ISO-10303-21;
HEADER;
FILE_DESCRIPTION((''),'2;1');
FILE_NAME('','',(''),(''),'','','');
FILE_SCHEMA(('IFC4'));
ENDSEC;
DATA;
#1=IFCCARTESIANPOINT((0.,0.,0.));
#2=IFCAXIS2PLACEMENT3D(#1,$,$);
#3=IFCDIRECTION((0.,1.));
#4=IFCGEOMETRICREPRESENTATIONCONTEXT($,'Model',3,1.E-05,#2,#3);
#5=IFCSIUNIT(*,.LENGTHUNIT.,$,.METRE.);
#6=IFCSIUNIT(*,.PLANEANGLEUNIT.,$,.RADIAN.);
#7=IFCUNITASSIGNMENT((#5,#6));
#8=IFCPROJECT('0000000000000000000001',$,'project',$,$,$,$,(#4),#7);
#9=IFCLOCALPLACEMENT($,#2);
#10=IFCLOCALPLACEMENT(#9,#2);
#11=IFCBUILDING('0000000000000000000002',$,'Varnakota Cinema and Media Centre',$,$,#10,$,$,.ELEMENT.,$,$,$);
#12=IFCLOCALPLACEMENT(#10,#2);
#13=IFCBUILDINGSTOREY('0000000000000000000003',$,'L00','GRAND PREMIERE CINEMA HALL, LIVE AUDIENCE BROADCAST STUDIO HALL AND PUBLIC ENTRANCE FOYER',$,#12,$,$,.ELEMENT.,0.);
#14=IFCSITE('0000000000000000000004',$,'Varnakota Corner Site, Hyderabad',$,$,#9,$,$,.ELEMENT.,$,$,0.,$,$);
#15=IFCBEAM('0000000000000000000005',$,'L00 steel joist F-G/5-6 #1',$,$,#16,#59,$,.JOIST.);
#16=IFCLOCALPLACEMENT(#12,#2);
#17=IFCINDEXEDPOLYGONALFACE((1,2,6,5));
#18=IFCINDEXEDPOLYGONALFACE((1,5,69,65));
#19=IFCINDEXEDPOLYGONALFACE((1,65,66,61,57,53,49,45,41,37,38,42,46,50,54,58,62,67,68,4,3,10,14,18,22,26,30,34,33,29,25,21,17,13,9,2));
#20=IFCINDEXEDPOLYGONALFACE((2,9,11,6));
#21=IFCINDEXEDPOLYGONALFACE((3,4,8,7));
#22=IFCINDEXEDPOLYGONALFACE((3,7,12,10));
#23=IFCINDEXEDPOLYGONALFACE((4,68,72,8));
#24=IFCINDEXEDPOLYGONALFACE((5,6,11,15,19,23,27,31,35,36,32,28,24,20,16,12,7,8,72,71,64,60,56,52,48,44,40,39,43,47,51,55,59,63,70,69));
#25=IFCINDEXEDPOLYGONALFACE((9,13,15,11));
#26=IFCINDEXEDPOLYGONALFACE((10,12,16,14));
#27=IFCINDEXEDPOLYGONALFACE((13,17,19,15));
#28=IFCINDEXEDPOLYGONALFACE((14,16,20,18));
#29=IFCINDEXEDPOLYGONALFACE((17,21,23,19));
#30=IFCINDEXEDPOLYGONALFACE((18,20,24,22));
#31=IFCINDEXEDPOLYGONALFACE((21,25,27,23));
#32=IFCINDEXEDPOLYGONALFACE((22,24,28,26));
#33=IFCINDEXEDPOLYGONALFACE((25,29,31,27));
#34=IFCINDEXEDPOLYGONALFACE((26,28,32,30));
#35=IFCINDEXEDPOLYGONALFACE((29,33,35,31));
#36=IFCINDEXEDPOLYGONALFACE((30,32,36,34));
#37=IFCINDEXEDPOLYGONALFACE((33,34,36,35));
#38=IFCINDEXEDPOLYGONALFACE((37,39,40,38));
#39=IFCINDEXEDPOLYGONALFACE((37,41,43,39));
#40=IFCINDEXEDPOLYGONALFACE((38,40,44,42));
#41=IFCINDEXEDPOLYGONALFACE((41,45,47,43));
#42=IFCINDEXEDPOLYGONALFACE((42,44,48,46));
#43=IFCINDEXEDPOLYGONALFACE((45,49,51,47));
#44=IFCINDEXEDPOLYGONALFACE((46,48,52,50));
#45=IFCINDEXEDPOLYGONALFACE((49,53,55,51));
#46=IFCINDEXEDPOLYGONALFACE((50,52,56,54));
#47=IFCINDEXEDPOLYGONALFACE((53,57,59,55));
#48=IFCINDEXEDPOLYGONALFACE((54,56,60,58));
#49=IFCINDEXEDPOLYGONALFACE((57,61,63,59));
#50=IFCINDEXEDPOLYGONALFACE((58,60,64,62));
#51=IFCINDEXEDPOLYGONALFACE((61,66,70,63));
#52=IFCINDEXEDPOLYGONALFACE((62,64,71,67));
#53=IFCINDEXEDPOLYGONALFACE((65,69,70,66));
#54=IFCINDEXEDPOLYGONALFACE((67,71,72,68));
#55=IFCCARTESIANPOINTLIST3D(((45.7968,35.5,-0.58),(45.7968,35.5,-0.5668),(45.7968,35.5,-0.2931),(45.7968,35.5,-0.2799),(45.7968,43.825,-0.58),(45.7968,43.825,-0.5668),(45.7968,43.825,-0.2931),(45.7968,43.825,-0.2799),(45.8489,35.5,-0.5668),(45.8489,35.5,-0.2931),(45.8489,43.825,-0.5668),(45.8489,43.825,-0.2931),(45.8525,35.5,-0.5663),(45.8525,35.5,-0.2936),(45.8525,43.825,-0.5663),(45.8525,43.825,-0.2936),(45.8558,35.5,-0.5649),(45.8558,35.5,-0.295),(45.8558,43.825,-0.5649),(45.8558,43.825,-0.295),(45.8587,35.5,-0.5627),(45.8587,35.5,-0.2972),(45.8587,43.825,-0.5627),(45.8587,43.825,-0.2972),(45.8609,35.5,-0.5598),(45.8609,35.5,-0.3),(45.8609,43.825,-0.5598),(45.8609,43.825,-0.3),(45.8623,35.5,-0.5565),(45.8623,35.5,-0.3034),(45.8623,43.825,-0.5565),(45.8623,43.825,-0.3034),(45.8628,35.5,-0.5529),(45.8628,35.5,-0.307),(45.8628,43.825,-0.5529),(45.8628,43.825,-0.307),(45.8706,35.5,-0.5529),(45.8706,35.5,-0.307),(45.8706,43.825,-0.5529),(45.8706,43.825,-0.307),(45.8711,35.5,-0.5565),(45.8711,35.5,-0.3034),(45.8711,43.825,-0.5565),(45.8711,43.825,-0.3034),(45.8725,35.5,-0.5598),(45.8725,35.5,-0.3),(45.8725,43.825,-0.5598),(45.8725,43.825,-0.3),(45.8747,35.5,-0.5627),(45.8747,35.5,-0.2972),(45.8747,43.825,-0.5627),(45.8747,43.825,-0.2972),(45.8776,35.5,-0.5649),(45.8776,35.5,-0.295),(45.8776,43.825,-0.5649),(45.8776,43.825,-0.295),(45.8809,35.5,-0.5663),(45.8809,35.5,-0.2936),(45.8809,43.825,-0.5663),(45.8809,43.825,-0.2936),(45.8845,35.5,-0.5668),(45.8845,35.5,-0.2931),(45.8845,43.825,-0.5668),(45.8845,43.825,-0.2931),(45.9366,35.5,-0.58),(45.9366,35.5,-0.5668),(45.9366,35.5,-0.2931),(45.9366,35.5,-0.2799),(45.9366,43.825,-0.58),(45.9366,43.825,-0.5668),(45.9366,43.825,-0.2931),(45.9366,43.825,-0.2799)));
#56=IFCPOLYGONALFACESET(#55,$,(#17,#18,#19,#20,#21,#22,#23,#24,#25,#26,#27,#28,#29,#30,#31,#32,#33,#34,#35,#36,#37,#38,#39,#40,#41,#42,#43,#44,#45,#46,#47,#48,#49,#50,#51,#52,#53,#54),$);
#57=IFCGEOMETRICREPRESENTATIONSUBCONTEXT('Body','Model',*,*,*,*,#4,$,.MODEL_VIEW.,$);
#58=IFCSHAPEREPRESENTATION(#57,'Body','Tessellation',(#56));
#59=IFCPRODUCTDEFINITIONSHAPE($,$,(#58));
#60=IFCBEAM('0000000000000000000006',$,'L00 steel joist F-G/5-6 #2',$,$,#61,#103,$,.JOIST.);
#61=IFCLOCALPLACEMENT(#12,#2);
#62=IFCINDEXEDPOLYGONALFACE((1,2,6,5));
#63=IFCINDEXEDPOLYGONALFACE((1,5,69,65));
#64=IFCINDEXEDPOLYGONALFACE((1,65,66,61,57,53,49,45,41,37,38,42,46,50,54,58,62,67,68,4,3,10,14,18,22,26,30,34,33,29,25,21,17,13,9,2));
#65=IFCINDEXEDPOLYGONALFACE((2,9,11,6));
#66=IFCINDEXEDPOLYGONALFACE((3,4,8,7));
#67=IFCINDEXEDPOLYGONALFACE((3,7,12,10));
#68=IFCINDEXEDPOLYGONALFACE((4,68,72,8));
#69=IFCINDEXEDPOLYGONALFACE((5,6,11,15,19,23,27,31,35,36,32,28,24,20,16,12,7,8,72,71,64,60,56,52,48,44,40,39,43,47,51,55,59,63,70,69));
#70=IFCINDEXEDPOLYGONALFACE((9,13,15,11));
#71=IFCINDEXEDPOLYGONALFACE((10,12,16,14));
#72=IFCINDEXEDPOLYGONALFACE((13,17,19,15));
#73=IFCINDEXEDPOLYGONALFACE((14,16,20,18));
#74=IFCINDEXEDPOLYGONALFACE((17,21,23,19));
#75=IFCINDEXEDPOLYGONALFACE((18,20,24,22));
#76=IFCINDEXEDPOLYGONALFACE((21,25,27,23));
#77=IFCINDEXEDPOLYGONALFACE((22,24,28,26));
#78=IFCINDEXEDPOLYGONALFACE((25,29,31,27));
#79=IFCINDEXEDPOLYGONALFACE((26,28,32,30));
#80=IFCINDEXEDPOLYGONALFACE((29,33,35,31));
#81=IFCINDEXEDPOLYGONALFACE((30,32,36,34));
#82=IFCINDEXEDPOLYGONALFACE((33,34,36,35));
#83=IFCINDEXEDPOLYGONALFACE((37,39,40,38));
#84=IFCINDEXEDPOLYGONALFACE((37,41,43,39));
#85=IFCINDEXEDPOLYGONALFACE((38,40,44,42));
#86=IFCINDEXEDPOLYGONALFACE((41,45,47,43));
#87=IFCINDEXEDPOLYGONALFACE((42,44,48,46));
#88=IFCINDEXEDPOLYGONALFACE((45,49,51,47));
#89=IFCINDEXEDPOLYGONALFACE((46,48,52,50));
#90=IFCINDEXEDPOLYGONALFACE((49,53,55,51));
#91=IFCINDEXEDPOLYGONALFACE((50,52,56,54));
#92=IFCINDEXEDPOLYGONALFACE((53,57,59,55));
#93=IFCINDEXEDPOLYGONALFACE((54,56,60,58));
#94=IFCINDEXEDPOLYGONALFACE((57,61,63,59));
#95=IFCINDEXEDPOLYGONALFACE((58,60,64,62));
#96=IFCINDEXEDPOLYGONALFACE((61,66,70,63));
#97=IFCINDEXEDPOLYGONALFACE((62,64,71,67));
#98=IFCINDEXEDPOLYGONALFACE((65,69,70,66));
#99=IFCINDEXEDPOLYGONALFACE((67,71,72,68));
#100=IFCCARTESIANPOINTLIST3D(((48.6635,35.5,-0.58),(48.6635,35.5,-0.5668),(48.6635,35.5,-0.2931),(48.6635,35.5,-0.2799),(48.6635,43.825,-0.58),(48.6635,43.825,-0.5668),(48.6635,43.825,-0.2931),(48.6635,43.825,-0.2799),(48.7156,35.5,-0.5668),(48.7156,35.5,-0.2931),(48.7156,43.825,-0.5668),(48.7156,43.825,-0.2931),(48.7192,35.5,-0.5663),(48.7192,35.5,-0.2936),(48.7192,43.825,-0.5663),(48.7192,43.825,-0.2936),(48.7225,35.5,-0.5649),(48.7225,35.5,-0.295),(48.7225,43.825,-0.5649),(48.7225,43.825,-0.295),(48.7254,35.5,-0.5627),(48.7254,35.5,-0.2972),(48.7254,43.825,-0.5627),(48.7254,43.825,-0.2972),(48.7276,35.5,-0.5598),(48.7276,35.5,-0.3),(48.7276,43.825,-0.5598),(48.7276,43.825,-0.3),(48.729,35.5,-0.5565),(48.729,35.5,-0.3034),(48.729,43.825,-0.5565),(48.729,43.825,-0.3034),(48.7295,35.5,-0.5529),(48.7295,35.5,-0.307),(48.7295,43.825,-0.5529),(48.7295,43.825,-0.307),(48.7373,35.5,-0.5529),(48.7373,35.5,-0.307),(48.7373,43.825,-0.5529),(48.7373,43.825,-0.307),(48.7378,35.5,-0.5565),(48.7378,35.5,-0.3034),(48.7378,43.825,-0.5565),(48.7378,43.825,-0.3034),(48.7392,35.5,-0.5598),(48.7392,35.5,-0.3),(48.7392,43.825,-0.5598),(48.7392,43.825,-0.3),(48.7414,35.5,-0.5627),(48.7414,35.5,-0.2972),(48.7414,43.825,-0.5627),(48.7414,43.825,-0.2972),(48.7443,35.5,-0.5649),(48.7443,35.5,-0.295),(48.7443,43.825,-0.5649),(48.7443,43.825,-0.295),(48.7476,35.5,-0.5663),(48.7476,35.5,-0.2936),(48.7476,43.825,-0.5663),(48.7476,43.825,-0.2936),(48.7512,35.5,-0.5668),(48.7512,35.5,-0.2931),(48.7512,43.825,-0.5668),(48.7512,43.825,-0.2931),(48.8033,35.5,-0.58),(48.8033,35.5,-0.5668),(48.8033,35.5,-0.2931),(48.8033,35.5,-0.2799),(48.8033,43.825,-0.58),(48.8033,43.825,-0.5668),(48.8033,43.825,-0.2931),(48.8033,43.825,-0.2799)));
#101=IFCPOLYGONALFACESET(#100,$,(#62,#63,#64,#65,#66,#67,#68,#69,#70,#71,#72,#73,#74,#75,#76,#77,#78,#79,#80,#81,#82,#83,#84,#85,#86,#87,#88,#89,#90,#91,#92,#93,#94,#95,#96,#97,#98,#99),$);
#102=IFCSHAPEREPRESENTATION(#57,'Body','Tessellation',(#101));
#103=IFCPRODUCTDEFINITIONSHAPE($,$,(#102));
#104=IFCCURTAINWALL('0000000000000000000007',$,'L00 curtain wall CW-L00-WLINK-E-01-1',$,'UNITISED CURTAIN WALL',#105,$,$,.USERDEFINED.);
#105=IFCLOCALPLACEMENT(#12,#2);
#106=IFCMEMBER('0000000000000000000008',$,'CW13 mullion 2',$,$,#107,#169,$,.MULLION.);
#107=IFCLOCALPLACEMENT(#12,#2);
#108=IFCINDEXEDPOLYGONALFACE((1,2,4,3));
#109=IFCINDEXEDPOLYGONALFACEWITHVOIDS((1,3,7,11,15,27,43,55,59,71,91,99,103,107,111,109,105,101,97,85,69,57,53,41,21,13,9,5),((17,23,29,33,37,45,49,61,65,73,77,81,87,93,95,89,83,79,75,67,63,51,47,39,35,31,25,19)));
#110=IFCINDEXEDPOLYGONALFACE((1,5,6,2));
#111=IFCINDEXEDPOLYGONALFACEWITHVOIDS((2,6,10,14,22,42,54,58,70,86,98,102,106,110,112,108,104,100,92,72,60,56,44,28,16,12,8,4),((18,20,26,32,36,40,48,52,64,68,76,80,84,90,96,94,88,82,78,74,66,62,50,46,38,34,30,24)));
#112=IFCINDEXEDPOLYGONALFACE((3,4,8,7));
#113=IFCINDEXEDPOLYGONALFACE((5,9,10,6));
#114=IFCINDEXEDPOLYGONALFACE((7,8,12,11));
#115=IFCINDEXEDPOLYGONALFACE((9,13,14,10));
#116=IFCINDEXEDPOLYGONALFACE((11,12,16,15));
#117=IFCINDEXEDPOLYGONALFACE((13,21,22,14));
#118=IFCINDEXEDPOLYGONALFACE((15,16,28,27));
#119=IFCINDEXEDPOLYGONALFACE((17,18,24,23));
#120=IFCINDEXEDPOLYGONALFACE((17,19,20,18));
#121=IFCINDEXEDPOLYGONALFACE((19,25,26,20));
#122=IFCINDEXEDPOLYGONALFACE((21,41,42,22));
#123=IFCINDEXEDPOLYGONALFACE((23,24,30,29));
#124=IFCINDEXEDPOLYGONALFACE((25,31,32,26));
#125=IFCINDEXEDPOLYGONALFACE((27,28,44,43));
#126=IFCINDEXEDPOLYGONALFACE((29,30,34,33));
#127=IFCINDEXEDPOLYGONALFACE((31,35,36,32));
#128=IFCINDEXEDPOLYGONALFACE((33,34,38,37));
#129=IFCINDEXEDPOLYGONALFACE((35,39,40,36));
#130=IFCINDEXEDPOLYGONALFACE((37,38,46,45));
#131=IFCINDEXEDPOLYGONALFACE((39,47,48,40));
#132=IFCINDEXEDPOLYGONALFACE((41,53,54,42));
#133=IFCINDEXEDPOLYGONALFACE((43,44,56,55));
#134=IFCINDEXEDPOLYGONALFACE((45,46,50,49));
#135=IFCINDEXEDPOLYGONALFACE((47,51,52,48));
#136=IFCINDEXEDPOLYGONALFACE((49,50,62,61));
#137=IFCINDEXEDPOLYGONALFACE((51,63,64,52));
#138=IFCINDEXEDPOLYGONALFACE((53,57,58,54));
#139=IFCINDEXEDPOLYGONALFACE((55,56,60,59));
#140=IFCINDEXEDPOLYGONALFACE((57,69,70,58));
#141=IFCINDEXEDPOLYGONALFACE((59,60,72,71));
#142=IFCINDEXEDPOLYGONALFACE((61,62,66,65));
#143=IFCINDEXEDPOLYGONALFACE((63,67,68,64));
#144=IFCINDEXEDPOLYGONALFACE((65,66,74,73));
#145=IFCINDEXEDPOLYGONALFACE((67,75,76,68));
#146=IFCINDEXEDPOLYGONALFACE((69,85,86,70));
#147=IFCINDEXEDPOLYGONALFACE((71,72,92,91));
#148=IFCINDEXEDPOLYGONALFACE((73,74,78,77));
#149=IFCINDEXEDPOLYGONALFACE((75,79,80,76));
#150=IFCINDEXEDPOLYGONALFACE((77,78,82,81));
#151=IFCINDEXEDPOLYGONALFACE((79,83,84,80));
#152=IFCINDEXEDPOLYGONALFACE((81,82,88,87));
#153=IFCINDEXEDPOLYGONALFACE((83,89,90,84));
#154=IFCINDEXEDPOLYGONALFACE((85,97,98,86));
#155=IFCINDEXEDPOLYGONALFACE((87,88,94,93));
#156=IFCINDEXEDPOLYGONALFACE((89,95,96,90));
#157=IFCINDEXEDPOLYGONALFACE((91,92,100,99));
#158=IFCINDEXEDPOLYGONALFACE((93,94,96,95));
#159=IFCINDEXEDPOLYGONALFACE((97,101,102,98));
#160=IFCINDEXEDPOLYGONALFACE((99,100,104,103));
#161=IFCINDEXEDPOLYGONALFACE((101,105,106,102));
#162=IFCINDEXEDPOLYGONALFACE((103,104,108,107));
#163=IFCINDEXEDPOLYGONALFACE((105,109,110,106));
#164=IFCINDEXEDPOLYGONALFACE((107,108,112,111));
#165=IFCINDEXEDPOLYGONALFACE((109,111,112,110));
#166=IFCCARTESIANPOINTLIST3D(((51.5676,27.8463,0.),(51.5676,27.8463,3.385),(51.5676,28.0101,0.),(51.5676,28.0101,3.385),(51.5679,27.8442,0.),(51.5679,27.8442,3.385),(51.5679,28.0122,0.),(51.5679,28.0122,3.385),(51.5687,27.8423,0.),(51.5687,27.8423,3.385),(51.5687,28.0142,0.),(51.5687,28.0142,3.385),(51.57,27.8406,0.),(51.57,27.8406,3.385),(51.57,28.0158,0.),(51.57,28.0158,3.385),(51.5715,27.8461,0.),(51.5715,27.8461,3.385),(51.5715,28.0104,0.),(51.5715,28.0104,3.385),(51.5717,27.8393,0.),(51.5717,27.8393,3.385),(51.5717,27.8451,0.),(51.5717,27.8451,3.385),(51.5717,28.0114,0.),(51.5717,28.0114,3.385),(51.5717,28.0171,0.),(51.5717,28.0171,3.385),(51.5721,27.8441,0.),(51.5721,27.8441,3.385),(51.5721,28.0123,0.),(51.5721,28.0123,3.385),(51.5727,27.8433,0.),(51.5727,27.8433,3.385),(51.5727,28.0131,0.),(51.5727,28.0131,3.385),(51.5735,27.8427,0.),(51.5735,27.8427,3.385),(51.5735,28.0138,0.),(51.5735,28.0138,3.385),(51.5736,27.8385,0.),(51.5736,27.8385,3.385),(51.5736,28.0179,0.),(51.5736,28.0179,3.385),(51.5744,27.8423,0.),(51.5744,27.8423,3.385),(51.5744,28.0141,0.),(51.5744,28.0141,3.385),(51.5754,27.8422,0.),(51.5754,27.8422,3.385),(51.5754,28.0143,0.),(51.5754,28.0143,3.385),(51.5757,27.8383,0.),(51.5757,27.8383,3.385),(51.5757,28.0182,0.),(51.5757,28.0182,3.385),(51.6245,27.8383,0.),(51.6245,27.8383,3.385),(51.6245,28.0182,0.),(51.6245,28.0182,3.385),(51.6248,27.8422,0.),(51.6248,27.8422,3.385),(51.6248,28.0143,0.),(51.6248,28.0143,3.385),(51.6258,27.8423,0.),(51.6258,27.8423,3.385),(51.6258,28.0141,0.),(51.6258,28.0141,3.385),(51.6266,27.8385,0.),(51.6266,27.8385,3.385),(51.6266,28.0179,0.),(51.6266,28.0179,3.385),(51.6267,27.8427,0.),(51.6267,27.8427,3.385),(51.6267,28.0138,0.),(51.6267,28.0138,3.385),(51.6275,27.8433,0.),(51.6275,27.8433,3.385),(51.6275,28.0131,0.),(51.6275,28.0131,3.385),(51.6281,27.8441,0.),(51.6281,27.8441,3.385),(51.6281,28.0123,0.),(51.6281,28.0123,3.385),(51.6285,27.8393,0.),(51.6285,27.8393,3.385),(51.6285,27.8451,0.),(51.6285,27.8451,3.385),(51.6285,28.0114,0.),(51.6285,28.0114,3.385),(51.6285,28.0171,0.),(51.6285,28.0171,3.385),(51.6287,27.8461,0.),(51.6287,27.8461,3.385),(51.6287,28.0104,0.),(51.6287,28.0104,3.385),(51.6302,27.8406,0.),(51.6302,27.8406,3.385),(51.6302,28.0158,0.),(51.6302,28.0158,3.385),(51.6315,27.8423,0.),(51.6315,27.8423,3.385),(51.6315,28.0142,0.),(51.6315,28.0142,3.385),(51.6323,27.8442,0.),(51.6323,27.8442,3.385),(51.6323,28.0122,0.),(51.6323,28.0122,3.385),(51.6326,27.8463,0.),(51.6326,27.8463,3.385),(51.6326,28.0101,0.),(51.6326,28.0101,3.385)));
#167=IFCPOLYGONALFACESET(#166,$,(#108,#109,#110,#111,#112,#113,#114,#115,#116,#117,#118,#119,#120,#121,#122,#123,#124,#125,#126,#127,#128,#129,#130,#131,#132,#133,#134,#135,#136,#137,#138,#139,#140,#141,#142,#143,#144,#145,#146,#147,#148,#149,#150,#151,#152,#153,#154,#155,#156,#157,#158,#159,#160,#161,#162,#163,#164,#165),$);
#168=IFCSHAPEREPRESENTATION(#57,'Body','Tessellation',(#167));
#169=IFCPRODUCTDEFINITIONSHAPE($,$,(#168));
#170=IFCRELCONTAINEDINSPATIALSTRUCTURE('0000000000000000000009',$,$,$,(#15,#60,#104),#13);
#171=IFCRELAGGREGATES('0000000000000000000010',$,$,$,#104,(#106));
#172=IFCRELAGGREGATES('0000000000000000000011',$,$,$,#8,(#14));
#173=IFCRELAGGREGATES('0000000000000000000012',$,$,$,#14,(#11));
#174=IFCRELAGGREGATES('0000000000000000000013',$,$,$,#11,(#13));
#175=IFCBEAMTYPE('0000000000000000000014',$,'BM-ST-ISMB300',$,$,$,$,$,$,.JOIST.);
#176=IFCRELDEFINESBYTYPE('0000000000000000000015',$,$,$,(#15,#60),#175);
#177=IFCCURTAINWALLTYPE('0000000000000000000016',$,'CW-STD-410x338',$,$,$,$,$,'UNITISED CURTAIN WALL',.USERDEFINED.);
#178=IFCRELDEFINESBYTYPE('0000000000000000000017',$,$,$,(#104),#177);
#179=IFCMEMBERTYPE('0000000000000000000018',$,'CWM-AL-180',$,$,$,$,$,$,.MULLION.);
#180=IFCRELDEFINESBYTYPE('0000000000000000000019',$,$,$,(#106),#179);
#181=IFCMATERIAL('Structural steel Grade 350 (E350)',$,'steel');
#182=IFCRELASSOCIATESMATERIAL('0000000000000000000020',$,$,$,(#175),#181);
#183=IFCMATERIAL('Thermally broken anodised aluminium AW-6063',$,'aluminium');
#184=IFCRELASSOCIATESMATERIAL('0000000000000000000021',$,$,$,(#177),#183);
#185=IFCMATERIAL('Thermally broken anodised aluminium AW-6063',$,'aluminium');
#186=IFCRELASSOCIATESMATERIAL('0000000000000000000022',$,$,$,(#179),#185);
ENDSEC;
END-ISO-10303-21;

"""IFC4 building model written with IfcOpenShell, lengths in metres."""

from ifc_helpers import new_model, si_unit, direction, frame, origin, origin_2d, place, context, subcontext, project, spatial, hollow_rectangle, i_section, extrude, material, material_profile, profile_set, type_object, element, aggregate, save


model = new_model("IFC4")

# Units and contexts
model_context = context("Model", 3, precision=1e-05, world=origin(), true_north=direction((0.0, 1.0)))
body_context = subcontext(model_context, "Body", "Model", "MODEL_VIEW")
ifc_project = project(units=[si_unit("LENGTHUNIT", "METRE"), si_unit("PLANEANGLEUNIT", "RADIAN")], contexts=[model_context])

# Site, building, storey
site_placement = place(None, origin())
site = spatial("IfcSite", under=ifc_project, at=site_placement, Name="Varnakota Corner Site, Hyderabad", CompositionType="ELEMENT", RefElevation=0.0)
building_placement = place(site_placement, origin())
building = spatial("IfcBuilding", under=site, at=building_placement, Name="Varnakota Cinema and Media Centre", CompositionType="ELEMENT")
storey_placement = place(building_placement, origin())
storey = spatial("IfcBuildingStorey", under=building, at=storey_placement, Name="L00", Description="GRAND PREMIERE CINEMA HALL, LIVE AUDIENCE BROADCAST STUDIO HALL AND PUBLIC ENTRANCE FOYER", CompositionType="ELEMENT", Elevation=0.0)

# Beams
ifc_material_1 = material(Name="Structural steel Grade 350 (E350)", Category="steel")
ifc_material_profile_1 = material_profile(ifc_material_1, i_section(OverallWidth=0.1399, OverallDepth=0.3, WebThickness=0.0078, FlangeThickness=0.0132, FilletRadius=0.0139, at=origin_2d()), Name="ISMB 300")
ifc_profile_set_1 = profile_set([ifc_material_profile_1], Name="Structural steel Grade 350 (E350)")
beam_type_1 = type_object("IfcBeamType", Name="BM-ST-ISMB300", PredefinedType="JOIST", material=ifc_profile_set_1)
for number, where, z_axis, x_axis, name in (
    (1, (45.8667, 35.5, -0.4299), (0.0, 1.0, 0.0), (-1.0, 0.0, 0.0), "L00 steel joist F-G/5-6 #1"),
    (2, (48.7334, 35.5, -0.4299), (0.0, 1.0, 0.0), (-1.0, 0.0, 0.0), "L00 steel joist F-G/5-6 #2"),
):
    element("IfcBeam", number, at=place(storey_placement, frame(where, z_axis=z_axis, x_axis=x_axis)), inside=storey, type_object=beam_type_1, Name=name, PredefinedType="JOIST", context=body_context, shape_type="SweptSolid", body=[
        extrude(i_section(OverallWidth=0.1399, OverallDepth=0.3, WebThickness=0.0078, FlangeThickness=0.0132, FilletRadius=0.0139, at=origin_2d()), origin(), (0.0, 0.0, 1.0), 8.325),
    ])

# Curtain wall, member
ifc_material_2 = material(Name="Thermally broken anodised aluminium AW-6063", Category="aluminium")
curtain_wall_type = type_object("IfcCurtainWallType", Name="CW-STD-410x338", ElementType="UNITISED CURTAIN WALL", PredefinedType="USERDEFINED", material=ifc_material_2)
curtain_wall_placement = place(storey_placement, origin())
curtain_wall = element("IfcCurtainWall", 3, at=curtain_wall_placement, inside=storey, type_object=curtain_wall_type, Name="L00 curtain wall CW-L00-WLINK-E-01-1", ObjectType="UNITISED CURTAIN WALL", PredefinedType="USERDEFINED")
ifc_material_3 = material(Name="Thermally broken anodised aluminium AW-6063", Category="aluminium")
ifc_material_profile_2 = material_profile(ifc_material_3, hollow_rectangle(XDim=0.0649, YDim=0.1799, WallThickness=0.0039, InnerFilletRadius=0.0039, OuterFilletRadius=0.0081, at=origin_2d()), Name="AL-MULLION 180x65x4")
ifc_profile_set_2 = profile_set([ifc_material_profile_2], Name="Thermally broken anodised aluminium AW-6063")
member_type_1 = type_object("IfcMemberType", Name="CWM-AL-180", PredefinedType="MULLION", material=ifc_profile_set_2)
member_1_placement = place(storey_placement, frame((51.6001, 27.9282, 0.0), z_axis=(0.0, 0.0, 1.0), x_axis=(-1.0, 0.0, 0.0)))
member_1 = element("IfcMember", 4, at=member_1_placement, type_object=member_type_1, Name="CW13 mullion 2", PredefinedType="MULLION", context=body_context, shape_type="SweptSolid", body=[
    extrude(hollow_rectangle(XDim=0.0649, YDim=0.1799, WallThickness=0.0039, InnerFilletRadius=0.0039, OuterFilletRadius=0.0081, at=origin_2d()), origin(), (0.0, 0.0, 1.0), 3.385),
])
aggregate(curtain_wall, [member_1])

save(model, "model.ifc")
